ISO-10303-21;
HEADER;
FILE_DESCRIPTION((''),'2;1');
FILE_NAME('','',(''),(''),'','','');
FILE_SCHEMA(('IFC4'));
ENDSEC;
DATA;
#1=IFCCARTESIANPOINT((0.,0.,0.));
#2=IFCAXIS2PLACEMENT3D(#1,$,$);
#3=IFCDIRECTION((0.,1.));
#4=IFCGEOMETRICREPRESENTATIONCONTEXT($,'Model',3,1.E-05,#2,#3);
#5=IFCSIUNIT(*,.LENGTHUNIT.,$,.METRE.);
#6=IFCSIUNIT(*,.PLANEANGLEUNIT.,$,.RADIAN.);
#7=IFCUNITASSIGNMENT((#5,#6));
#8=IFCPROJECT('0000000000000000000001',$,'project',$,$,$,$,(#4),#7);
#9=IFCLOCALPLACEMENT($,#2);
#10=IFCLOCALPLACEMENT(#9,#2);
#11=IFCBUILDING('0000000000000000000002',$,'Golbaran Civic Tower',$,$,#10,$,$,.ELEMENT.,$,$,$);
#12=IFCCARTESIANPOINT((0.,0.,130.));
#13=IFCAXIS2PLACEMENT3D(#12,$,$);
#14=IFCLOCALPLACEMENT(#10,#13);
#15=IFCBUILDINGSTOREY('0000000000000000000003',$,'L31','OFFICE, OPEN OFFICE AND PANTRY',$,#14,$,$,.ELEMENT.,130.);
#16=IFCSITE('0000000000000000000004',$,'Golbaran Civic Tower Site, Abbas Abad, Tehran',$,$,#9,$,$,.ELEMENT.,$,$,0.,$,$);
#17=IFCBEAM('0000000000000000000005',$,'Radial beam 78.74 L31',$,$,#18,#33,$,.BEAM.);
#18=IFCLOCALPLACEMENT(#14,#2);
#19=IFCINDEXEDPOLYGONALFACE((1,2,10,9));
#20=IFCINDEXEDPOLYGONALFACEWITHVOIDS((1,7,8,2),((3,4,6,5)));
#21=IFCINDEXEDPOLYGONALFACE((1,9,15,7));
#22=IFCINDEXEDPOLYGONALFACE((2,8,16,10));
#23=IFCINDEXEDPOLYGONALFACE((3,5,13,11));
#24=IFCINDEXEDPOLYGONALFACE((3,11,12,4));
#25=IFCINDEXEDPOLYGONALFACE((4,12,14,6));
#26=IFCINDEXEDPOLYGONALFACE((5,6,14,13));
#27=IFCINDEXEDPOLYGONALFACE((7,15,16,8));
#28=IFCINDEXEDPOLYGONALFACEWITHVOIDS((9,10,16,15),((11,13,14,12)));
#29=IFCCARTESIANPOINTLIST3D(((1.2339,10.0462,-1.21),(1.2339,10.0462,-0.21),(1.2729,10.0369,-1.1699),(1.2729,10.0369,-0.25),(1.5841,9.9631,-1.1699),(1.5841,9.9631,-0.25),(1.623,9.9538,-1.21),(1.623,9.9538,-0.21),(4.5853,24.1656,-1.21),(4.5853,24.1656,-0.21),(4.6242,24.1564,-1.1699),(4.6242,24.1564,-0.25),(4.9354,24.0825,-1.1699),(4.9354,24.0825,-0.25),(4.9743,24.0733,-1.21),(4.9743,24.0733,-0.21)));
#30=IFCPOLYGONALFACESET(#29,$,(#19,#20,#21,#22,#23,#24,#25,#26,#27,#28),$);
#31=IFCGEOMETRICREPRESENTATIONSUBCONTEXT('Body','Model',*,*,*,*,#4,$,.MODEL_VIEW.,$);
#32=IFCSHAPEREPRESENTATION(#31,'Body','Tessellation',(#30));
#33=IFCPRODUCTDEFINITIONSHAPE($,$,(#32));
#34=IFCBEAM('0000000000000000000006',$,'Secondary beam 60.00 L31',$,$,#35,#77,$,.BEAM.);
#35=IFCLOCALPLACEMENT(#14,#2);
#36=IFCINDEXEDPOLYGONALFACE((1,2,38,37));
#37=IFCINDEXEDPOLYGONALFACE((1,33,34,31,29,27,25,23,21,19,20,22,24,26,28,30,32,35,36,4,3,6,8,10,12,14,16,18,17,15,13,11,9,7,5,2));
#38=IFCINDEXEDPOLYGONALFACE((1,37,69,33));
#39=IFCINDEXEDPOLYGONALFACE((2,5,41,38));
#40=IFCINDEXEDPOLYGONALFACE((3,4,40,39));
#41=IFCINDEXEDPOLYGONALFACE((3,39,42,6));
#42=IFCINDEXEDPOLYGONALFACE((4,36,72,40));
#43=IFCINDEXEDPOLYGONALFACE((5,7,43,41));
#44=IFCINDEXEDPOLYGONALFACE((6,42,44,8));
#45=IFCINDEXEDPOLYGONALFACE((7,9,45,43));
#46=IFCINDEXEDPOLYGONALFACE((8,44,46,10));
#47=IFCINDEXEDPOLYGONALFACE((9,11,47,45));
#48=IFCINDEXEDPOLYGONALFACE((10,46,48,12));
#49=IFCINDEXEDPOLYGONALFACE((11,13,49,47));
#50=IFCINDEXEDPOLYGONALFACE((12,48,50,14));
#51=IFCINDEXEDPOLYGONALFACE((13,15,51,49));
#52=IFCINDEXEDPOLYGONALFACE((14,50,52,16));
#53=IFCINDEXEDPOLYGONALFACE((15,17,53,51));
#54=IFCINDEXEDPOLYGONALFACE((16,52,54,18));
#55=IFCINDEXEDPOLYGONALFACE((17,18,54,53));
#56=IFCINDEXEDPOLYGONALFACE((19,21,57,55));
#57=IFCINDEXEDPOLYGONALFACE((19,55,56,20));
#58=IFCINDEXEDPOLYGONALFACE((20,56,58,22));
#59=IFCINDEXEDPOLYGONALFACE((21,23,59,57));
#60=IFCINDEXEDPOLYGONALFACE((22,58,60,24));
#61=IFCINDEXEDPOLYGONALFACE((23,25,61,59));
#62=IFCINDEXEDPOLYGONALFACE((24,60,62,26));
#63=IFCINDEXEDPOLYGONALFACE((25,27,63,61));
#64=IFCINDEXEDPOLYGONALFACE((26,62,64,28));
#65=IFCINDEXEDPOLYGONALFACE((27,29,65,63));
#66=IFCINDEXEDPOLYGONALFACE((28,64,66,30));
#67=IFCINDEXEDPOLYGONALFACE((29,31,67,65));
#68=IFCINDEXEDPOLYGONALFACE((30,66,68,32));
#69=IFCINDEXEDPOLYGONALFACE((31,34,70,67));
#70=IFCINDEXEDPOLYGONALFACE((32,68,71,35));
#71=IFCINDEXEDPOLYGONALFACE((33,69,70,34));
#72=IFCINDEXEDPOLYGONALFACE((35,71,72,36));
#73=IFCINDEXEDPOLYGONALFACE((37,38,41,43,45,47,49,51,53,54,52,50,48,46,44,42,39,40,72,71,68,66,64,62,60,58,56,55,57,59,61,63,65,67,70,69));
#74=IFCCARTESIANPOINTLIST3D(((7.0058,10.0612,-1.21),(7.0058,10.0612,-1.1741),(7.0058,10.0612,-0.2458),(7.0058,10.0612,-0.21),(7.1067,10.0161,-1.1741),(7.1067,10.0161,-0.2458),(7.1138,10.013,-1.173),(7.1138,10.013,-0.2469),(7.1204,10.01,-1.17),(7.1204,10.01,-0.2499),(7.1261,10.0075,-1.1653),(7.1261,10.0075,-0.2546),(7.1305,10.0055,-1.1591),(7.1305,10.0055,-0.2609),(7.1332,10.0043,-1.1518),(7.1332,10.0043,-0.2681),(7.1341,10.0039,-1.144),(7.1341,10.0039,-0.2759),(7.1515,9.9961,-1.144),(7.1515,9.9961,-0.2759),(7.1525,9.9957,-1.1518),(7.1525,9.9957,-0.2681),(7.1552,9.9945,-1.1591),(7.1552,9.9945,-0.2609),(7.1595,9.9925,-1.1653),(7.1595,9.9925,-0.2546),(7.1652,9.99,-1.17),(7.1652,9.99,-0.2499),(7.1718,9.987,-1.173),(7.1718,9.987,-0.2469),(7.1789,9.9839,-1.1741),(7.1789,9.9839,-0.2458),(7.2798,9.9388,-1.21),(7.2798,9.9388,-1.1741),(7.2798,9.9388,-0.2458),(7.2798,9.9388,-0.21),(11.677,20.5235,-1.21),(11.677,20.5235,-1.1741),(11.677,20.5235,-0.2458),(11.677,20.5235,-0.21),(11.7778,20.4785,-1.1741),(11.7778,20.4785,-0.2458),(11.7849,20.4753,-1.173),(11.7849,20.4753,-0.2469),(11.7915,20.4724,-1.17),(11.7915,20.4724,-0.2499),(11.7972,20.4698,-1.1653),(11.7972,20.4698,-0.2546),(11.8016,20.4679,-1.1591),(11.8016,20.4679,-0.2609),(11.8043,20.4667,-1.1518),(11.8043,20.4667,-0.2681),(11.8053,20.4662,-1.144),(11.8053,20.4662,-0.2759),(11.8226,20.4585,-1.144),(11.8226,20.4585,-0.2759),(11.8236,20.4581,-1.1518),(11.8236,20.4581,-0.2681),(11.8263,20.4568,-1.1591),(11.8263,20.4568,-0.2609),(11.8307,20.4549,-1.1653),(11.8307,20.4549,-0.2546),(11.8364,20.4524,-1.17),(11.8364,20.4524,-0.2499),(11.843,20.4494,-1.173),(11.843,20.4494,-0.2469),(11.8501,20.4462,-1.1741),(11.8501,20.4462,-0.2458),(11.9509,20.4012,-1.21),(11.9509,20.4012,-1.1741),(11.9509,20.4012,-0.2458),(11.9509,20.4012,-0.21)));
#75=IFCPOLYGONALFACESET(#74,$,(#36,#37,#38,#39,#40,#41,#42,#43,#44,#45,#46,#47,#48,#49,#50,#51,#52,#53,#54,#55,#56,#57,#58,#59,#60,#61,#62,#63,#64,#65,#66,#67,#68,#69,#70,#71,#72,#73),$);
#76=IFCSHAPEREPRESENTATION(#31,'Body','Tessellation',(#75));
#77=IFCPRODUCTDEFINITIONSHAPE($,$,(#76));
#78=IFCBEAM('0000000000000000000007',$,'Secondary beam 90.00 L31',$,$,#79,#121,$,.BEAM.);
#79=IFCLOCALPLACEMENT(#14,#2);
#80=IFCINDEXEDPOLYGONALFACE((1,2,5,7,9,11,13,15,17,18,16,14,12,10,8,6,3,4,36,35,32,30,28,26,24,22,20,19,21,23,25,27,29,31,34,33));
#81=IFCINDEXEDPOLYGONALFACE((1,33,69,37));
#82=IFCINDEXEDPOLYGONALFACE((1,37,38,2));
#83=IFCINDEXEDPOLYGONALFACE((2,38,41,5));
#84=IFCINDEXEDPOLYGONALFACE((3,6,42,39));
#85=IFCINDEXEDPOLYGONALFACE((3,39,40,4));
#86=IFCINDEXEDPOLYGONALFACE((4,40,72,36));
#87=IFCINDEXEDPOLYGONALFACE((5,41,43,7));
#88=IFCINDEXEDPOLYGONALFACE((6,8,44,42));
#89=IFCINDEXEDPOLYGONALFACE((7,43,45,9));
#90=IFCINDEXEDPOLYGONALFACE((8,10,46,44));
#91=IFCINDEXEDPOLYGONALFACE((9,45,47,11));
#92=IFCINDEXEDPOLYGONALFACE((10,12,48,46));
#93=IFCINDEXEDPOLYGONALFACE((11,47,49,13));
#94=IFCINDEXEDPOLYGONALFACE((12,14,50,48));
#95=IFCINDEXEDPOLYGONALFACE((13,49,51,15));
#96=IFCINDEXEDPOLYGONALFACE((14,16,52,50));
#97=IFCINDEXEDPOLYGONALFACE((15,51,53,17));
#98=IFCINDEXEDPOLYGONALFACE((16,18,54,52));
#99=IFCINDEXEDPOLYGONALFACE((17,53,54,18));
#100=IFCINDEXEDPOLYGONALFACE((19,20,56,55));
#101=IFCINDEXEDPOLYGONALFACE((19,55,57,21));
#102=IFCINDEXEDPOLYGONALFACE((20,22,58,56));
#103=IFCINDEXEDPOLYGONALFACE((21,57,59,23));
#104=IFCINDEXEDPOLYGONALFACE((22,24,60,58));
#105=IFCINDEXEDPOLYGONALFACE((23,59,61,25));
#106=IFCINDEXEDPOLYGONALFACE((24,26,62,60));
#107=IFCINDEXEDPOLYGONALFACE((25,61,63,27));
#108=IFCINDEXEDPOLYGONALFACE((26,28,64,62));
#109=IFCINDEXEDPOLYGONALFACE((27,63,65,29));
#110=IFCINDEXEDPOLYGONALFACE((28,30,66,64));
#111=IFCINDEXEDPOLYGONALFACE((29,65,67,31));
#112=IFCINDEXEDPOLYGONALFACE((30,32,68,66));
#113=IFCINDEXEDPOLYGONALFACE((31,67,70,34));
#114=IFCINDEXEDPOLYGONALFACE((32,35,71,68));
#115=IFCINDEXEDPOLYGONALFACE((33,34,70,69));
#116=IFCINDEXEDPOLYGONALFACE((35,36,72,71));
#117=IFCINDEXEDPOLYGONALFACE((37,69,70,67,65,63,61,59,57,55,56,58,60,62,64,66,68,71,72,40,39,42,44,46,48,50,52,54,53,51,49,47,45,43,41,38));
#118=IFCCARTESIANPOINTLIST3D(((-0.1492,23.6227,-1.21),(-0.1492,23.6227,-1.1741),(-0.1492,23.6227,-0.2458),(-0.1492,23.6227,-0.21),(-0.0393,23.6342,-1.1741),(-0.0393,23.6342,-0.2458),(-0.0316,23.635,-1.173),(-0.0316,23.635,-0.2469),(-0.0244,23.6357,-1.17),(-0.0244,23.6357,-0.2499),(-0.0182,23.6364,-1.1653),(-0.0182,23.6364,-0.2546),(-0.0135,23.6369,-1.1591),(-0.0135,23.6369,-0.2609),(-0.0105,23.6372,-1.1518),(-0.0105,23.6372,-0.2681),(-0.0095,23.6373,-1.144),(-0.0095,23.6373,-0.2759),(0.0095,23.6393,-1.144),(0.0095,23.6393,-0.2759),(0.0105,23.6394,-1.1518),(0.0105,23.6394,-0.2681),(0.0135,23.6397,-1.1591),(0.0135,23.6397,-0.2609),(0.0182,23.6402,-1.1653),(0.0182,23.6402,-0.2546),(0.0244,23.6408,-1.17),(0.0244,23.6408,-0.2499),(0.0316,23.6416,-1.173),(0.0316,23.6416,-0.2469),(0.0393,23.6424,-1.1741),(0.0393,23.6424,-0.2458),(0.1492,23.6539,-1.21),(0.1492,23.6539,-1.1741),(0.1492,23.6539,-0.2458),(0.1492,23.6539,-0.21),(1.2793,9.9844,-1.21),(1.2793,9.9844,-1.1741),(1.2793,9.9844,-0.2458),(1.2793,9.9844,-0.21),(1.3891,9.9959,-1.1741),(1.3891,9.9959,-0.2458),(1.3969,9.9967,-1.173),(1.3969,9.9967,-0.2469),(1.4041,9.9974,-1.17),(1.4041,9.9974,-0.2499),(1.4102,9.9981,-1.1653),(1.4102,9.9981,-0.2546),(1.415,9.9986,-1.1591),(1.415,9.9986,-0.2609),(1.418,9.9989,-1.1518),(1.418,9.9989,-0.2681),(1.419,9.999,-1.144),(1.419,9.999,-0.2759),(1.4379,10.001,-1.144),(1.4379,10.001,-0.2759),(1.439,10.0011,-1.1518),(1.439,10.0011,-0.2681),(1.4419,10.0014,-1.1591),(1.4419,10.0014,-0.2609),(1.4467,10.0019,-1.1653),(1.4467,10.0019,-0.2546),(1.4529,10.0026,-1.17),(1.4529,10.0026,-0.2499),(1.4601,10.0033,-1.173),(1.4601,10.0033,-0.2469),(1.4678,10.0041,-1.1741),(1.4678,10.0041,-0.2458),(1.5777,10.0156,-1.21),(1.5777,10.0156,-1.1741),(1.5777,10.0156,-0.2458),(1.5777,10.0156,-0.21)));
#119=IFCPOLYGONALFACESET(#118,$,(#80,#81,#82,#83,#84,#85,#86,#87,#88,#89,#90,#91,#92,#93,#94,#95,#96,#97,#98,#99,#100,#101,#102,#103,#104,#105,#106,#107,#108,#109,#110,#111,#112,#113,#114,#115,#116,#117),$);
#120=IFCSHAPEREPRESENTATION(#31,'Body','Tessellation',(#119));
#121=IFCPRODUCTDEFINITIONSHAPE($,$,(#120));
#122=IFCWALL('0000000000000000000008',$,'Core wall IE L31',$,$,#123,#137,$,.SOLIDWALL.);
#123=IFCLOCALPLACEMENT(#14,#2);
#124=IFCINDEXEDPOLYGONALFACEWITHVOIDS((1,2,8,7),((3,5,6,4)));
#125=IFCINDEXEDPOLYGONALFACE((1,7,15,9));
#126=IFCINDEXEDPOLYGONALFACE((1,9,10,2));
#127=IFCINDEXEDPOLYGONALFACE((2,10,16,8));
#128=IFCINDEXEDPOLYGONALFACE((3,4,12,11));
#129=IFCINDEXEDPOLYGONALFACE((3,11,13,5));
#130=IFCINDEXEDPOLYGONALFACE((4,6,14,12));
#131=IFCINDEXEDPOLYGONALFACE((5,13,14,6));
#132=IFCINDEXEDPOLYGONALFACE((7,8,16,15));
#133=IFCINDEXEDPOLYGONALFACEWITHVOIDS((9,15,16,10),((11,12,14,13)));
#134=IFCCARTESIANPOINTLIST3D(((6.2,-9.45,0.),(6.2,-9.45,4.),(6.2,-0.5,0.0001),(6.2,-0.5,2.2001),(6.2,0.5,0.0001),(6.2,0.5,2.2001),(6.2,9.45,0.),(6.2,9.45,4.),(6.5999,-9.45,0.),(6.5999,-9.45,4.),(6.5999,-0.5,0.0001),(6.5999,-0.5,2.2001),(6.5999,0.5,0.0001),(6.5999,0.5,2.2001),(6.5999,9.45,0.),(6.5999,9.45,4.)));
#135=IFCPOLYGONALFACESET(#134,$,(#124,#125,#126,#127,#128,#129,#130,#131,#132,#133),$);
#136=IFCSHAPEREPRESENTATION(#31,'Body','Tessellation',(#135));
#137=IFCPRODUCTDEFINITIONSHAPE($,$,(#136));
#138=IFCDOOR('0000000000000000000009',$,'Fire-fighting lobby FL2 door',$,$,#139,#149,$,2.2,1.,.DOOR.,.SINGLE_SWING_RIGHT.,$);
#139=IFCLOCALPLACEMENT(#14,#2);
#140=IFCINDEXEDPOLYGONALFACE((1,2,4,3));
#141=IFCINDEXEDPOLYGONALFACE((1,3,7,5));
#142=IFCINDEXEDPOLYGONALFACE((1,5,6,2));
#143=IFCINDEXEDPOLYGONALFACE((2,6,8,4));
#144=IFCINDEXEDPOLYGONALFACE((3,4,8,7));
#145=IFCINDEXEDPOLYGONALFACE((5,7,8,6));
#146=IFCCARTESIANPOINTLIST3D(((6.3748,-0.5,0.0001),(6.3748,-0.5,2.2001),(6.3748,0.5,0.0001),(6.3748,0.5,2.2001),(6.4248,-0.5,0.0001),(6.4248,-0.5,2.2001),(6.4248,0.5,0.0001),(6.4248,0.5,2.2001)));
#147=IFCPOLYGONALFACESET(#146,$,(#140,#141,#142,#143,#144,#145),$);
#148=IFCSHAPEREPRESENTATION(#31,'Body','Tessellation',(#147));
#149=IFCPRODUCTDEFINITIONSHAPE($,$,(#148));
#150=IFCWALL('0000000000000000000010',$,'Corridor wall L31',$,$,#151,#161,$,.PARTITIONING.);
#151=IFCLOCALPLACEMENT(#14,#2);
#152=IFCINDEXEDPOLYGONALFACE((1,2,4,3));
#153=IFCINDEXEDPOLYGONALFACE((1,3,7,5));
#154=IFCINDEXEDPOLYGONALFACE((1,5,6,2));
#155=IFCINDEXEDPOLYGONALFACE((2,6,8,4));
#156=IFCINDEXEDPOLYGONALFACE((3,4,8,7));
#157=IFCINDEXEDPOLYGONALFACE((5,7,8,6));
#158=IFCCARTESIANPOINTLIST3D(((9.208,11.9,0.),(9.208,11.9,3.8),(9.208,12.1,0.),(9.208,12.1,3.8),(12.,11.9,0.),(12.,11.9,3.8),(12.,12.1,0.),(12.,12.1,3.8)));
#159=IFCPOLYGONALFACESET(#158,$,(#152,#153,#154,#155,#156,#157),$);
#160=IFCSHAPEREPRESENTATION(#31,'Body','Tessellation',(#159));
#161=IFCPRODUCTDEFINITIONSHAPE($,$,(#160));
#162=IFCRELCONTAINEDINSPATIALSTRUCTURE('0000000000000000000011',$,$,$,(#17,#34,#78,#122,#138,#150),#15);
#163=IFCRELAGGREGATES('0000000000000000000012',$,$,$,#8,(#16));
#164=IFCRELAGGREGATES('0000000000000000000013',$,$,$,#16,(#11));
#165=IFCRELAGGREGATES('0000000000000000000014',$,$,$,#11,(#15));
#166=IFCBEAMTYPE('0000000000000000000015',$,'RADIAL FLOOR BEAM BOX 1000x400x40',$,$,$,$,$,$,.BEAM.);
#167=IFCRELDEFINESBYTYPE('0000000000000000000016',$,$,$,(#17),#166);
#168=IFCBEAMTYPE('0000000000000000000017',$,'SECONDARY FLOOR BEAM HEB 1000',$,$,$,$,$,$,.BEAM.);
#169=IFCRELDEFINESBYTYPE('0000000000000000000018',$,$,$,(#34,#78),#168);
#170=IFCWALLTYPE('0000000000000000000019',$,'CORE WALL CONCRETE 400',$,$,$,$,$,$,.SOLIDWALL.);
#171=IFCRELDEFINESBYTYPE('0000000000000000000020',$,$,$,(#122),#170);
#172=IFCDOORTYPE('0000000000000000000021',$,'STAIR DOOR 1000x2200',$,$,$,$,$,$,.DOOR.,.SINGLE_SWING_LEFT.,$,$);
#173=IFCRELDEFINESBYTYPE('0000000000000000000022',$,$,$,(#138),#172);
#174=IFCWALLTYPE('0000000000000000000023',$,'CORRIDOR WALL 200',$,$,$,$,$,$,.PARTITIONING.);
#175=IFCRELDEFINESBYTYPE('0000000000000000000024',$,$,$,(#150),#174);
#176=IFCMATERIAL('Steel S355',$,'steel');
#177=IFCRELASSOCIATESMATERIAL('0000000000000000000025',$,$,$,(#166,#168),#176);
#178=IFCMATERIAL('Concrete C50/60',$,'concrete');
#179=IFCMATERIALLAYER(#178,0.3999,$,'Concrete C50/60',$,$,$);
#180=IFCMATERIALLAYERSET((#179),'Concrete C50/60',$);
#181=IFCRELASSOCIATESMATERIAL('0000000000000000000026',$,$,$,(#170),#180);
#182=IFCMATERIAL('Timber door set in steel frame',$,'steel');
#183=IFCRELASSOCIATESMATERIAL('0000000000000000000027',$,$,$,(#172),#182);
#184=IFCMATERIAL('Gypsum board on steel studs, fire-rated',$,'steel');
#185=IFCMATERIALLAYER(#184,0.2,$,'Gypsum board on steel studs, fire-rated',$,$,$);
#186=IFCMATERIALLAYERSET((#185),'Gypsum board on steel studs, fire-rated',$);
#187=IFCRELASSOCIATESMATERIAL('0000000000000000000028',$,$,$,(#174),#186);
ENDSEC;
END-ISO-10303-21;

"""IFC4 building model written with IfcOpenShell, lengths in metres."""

from ifc_helpers import new_model, si_unit, direction, frame, frame_2d, origin, origin_2d, place, context, subcontext, project, spatial, rectangle, hollow_rectangle, i_section, extrude, material, layer, layer_set, material_profile, profile_set, type_object, element, fill, save


model = new_model("IFC4")

# Units and contexts
model_context = context("Model", 3, precision=1e-05, world=origin(), true_north=direction((0.0, 1.0)))
body_context = subcontext(model_context, "Body", "Model", "MODEL_VIEW")
ifc_project = project(units=[si_unit("LENGTHUNIT", "METRE"), si_unit("PLANEANGLEUNIT", "RADIAN")], contexts=[model_context])

# Site, building, storey
site_placement = place(None, origin())
site = spatial("IfcSite", under=ifc_project, at=site_placement, Name="Golbaran Civic Tower Site, Abbas Abad, Tehran", CompositionType="ELEMENT", RefElevation=0.0)
building_placement = place(site_placement, origin())
building = spatial("IfcBuilding", under=site, at=building_placement, Name="Golbaran Civic Tower", CompositionType="ELEMENT")
storey_placement = place(building_placement, frame((0.0, 0.0, 130.0)))
storey = spatial("IfcBuildingStorey", under=building, at=storey_placement, Name="L31", Description="OFFICE, OPEN OFFICE AND PANTRY", CompositionType="ELEMENT", Elevation=130.0)

# Beams
ifc_material_1 = material(Name="Steel S355", Category="steel")
ifc_material_profile_1 = material_profile(ifc_material_1, hollow_rectangle(XDim=0.3999, YDim=1.0, WallThickness=0.04, at=origin_2d()), Name="BOX 1000x400x40")
ifc_profile_set_1 = profile_set([ifc_material_profile_1], Name="Steel S355")
beam_type_1 = type_object("IfcBeamType", Name="RADIAL FLOOR BEAM BOX 1000x400x40", PredefinedType="BEAM", material=ifc_profile_set_1)
beam_1_placement = place(storey_placement, frame((1.4285, 10.0, -0.71), z_axis=(0.23094, 0.972968, 0.0), x_axis=(-0.972968, 0.23094, 0.0)))
element("IfcBeam", 1, at=beam_1_placement, inside=storey, type_object=beam_type_1, Name="Radial beam 78.74 L31", PredefinedType="BEAM", context=body_context, shape_type="SweptSolid", body=[
    extrude(hollow_rectangle(XDim=0.3999, YDim=1.0, WallThickness=0.04, at=origin_2d()), origin(), (0.0, 0.0, 1.0), 14.5117),
])
ifc_material_profile_2 = material_profile(ifc_material_1, i_section(OverallWidth=0.3, OverallDepth=1.0, WebThickness=0.019, FlangeThickness=0.0359, FilletRadius=0.03, at=origin_2d()), Name="HEB 1000")
ifc_profile_set_2 = profile_set([ifc_material_profile_2], Name="Steel S355")
beam_type_2 = type_object("IfcBeamType", Name="SECONDARY FLOOR BEAM HEB 1000", PredefinedType="BEAM", material=ifc_profile_set_2)
beam_2_placement = place(storey_placement, frame((7.1428, 10.0, -0.71), z_axis=(0.407682, 0.913124, 0.0), x_axis=(-0.913124, 0.407682, 0.0)))
element("IfcBeam", 2, at=beam_2_placement, inside=storey, type_object=beam_type_2, Name="Secondary beam 60.00 L31", PredefinedType="BEAM", context=body_context, shape_type="SweptSolid", body=[
    extrude(i_section(OverallWidth=0.3, OverallDepth=1.0, WebThickness=0.019, FlangeThickness=0.0359, FilletRadius=0.03, at=origin_2d()), origin(), (0.0, 0.0, 1.0), 11.4578),
])
beam_3_placement = place(storey_placement, frame((1.4285, 10.0, -0.71), z_axis=(-0.10417, 0.994559, 0.0), x_axis=(-0.994559, -0.10417, 0.0)))
element("IfcBeam", 3, at=beam_3_placement, inside=storey, type_object=beam_type_2, Name="Secondary beam 90.00 L31", PredefinedType="BEAM", context=body_context, shape_type="SweptSolid", body=[
    extrude(i_section(OverallWidth=0.3, OverallDepth=1.0, WebThickness=0.019, FlangeThickness=0.0359, FilletRadius=0.03, at=origin_2d()), origin(), (0.0, 0.0, 1.0), 13.7129),
])

# Wall, opening, door
ifc_material_2 = material(Name="Concrete C50/60", Category="concrete")
ifc_layer_1 = layer(ifc_material_2, 0.3999, Name="Concrete C50/60")
ifc_layer_set_1 = layer_set([ifc_layer_1], Name="Concrete C50/60")
wall_type_1 = type_object("IfcWallType", Name="CORE WALL CONCRETE 400", PredefinedType="SOLIDWALL", material=ifc_layer_set_1)
wall_1_placement = place(storey_placement, frame((6.3999, 9.45, 0.0), z_axis=(0.0, 0.0, 1.0), x_axis=(0.0, -1.0, 0.0)))
wall_1 = element("IfcWall", 4, at=wall_1_placement, inside=storey, type_object=wall_type_1, Name="Core wall IE L31", PredefinedType="SOLIDWALL", context=body_context, shape_type="SweptSolid", body=[
    extrude(rectangle(XDim=18.8999, YDim=0.3999, at=frame_2d((9.45, 0.0))), origin(), (0.0, 0.0, 1.0), 4.0),
])
opening_1_placement = place(wall_1_placement, frame((8.95, 0.0, 0.0)))
opening_1 = element("IfcOpeningElement", 5, at=opening_1_placement, cuts=wall_1, PredefinedType="OPENING", context=body_context, shape_type="SweptSolid", body=[
    extrude(rectangle(XDim=1.0, YDim=2.2, at=frame_2d((0.5, 1.1001))), frame((0.0, 0.21, 0.0), z_axis=(0.0, -1.0, 0.0), x_axis=(1.0, 0.0, 0.0)), (0.0, 0.0, 1.0), 0.4199),
])
ifc_material_3 = material(Name="Timber door set in steel frame", Category="steel")
door_type_1 = type_object("IfcDoorType", Name="STAIR DOOR 1000x2200", OperationType="SINGLE_SWING_LEFT", PredefinedType="DOOR", material=ifc_material_3)
door_1_placement = place(opening_1_placement, origin())
door_1 = element("IfcDoor", 6, at=door_1_placement, inside=storey, type_object=door_type_1, Name="Fire-fighting lobby FL2 door", OperationType="SINGLE_SWING_RIGHT", OverallHeight=2.2, OverallWidth=1.0, PredefinedType="DOOR", context=body_context, shape_type="SweptSolid", body=[
    extrude(rectangle(XDim=1.0, YDim=2.2, at=frame_2d((0.5, 1.1001))), frame((0.0, 0.0249, 0.0), z_axis=(0.0, -1.0, 0.0), x_axis=(1.0, 0.0, 0.0)), (0.0, 0.0, 1.0), 0.05),
])
fill(opening_1, door_1)

# Wall
ifc_material_4 = material(Name="Gypsum board on steel studs, fire-rated", Category="steel")
ifc_layer_2 = layer(ifc_material_4, 0.2, Name="Gypsum board on steel studs, fire-rated")
ifc_layer_set_2 = layer_set([ifc_layer_2], Name="Gypsum board on steel studs, fire-rated")
wall_type_2 = type_object("IfcWallType", Name="CORRIDOR WALL 200", PredefinedType="PARTITIONING", material=ifc_layer_set_2)
wall_2_placement = place(storey_placement, frame((12.0, 12.0, 0.0), z_axis=(0.0, 0.0, 1.0), x_axis=(-1.0, 0.0, 0.0)))
element("IfcWall", 7, at=wall_2_placement, inside=storey, type_object=wall_type_2, Name="Corridor wall L31", PredefinedType="PARTITIONING", context=body_context, shape_type="SweptSolid", body=[
    extrude(rectangle(XDim=2.792, YDim=0.2, at=frame_2d((1.396, 0.0))), origin(), (0.0, 0.0, 1.0), 3.8),
])

save(model, "model.ifc")
